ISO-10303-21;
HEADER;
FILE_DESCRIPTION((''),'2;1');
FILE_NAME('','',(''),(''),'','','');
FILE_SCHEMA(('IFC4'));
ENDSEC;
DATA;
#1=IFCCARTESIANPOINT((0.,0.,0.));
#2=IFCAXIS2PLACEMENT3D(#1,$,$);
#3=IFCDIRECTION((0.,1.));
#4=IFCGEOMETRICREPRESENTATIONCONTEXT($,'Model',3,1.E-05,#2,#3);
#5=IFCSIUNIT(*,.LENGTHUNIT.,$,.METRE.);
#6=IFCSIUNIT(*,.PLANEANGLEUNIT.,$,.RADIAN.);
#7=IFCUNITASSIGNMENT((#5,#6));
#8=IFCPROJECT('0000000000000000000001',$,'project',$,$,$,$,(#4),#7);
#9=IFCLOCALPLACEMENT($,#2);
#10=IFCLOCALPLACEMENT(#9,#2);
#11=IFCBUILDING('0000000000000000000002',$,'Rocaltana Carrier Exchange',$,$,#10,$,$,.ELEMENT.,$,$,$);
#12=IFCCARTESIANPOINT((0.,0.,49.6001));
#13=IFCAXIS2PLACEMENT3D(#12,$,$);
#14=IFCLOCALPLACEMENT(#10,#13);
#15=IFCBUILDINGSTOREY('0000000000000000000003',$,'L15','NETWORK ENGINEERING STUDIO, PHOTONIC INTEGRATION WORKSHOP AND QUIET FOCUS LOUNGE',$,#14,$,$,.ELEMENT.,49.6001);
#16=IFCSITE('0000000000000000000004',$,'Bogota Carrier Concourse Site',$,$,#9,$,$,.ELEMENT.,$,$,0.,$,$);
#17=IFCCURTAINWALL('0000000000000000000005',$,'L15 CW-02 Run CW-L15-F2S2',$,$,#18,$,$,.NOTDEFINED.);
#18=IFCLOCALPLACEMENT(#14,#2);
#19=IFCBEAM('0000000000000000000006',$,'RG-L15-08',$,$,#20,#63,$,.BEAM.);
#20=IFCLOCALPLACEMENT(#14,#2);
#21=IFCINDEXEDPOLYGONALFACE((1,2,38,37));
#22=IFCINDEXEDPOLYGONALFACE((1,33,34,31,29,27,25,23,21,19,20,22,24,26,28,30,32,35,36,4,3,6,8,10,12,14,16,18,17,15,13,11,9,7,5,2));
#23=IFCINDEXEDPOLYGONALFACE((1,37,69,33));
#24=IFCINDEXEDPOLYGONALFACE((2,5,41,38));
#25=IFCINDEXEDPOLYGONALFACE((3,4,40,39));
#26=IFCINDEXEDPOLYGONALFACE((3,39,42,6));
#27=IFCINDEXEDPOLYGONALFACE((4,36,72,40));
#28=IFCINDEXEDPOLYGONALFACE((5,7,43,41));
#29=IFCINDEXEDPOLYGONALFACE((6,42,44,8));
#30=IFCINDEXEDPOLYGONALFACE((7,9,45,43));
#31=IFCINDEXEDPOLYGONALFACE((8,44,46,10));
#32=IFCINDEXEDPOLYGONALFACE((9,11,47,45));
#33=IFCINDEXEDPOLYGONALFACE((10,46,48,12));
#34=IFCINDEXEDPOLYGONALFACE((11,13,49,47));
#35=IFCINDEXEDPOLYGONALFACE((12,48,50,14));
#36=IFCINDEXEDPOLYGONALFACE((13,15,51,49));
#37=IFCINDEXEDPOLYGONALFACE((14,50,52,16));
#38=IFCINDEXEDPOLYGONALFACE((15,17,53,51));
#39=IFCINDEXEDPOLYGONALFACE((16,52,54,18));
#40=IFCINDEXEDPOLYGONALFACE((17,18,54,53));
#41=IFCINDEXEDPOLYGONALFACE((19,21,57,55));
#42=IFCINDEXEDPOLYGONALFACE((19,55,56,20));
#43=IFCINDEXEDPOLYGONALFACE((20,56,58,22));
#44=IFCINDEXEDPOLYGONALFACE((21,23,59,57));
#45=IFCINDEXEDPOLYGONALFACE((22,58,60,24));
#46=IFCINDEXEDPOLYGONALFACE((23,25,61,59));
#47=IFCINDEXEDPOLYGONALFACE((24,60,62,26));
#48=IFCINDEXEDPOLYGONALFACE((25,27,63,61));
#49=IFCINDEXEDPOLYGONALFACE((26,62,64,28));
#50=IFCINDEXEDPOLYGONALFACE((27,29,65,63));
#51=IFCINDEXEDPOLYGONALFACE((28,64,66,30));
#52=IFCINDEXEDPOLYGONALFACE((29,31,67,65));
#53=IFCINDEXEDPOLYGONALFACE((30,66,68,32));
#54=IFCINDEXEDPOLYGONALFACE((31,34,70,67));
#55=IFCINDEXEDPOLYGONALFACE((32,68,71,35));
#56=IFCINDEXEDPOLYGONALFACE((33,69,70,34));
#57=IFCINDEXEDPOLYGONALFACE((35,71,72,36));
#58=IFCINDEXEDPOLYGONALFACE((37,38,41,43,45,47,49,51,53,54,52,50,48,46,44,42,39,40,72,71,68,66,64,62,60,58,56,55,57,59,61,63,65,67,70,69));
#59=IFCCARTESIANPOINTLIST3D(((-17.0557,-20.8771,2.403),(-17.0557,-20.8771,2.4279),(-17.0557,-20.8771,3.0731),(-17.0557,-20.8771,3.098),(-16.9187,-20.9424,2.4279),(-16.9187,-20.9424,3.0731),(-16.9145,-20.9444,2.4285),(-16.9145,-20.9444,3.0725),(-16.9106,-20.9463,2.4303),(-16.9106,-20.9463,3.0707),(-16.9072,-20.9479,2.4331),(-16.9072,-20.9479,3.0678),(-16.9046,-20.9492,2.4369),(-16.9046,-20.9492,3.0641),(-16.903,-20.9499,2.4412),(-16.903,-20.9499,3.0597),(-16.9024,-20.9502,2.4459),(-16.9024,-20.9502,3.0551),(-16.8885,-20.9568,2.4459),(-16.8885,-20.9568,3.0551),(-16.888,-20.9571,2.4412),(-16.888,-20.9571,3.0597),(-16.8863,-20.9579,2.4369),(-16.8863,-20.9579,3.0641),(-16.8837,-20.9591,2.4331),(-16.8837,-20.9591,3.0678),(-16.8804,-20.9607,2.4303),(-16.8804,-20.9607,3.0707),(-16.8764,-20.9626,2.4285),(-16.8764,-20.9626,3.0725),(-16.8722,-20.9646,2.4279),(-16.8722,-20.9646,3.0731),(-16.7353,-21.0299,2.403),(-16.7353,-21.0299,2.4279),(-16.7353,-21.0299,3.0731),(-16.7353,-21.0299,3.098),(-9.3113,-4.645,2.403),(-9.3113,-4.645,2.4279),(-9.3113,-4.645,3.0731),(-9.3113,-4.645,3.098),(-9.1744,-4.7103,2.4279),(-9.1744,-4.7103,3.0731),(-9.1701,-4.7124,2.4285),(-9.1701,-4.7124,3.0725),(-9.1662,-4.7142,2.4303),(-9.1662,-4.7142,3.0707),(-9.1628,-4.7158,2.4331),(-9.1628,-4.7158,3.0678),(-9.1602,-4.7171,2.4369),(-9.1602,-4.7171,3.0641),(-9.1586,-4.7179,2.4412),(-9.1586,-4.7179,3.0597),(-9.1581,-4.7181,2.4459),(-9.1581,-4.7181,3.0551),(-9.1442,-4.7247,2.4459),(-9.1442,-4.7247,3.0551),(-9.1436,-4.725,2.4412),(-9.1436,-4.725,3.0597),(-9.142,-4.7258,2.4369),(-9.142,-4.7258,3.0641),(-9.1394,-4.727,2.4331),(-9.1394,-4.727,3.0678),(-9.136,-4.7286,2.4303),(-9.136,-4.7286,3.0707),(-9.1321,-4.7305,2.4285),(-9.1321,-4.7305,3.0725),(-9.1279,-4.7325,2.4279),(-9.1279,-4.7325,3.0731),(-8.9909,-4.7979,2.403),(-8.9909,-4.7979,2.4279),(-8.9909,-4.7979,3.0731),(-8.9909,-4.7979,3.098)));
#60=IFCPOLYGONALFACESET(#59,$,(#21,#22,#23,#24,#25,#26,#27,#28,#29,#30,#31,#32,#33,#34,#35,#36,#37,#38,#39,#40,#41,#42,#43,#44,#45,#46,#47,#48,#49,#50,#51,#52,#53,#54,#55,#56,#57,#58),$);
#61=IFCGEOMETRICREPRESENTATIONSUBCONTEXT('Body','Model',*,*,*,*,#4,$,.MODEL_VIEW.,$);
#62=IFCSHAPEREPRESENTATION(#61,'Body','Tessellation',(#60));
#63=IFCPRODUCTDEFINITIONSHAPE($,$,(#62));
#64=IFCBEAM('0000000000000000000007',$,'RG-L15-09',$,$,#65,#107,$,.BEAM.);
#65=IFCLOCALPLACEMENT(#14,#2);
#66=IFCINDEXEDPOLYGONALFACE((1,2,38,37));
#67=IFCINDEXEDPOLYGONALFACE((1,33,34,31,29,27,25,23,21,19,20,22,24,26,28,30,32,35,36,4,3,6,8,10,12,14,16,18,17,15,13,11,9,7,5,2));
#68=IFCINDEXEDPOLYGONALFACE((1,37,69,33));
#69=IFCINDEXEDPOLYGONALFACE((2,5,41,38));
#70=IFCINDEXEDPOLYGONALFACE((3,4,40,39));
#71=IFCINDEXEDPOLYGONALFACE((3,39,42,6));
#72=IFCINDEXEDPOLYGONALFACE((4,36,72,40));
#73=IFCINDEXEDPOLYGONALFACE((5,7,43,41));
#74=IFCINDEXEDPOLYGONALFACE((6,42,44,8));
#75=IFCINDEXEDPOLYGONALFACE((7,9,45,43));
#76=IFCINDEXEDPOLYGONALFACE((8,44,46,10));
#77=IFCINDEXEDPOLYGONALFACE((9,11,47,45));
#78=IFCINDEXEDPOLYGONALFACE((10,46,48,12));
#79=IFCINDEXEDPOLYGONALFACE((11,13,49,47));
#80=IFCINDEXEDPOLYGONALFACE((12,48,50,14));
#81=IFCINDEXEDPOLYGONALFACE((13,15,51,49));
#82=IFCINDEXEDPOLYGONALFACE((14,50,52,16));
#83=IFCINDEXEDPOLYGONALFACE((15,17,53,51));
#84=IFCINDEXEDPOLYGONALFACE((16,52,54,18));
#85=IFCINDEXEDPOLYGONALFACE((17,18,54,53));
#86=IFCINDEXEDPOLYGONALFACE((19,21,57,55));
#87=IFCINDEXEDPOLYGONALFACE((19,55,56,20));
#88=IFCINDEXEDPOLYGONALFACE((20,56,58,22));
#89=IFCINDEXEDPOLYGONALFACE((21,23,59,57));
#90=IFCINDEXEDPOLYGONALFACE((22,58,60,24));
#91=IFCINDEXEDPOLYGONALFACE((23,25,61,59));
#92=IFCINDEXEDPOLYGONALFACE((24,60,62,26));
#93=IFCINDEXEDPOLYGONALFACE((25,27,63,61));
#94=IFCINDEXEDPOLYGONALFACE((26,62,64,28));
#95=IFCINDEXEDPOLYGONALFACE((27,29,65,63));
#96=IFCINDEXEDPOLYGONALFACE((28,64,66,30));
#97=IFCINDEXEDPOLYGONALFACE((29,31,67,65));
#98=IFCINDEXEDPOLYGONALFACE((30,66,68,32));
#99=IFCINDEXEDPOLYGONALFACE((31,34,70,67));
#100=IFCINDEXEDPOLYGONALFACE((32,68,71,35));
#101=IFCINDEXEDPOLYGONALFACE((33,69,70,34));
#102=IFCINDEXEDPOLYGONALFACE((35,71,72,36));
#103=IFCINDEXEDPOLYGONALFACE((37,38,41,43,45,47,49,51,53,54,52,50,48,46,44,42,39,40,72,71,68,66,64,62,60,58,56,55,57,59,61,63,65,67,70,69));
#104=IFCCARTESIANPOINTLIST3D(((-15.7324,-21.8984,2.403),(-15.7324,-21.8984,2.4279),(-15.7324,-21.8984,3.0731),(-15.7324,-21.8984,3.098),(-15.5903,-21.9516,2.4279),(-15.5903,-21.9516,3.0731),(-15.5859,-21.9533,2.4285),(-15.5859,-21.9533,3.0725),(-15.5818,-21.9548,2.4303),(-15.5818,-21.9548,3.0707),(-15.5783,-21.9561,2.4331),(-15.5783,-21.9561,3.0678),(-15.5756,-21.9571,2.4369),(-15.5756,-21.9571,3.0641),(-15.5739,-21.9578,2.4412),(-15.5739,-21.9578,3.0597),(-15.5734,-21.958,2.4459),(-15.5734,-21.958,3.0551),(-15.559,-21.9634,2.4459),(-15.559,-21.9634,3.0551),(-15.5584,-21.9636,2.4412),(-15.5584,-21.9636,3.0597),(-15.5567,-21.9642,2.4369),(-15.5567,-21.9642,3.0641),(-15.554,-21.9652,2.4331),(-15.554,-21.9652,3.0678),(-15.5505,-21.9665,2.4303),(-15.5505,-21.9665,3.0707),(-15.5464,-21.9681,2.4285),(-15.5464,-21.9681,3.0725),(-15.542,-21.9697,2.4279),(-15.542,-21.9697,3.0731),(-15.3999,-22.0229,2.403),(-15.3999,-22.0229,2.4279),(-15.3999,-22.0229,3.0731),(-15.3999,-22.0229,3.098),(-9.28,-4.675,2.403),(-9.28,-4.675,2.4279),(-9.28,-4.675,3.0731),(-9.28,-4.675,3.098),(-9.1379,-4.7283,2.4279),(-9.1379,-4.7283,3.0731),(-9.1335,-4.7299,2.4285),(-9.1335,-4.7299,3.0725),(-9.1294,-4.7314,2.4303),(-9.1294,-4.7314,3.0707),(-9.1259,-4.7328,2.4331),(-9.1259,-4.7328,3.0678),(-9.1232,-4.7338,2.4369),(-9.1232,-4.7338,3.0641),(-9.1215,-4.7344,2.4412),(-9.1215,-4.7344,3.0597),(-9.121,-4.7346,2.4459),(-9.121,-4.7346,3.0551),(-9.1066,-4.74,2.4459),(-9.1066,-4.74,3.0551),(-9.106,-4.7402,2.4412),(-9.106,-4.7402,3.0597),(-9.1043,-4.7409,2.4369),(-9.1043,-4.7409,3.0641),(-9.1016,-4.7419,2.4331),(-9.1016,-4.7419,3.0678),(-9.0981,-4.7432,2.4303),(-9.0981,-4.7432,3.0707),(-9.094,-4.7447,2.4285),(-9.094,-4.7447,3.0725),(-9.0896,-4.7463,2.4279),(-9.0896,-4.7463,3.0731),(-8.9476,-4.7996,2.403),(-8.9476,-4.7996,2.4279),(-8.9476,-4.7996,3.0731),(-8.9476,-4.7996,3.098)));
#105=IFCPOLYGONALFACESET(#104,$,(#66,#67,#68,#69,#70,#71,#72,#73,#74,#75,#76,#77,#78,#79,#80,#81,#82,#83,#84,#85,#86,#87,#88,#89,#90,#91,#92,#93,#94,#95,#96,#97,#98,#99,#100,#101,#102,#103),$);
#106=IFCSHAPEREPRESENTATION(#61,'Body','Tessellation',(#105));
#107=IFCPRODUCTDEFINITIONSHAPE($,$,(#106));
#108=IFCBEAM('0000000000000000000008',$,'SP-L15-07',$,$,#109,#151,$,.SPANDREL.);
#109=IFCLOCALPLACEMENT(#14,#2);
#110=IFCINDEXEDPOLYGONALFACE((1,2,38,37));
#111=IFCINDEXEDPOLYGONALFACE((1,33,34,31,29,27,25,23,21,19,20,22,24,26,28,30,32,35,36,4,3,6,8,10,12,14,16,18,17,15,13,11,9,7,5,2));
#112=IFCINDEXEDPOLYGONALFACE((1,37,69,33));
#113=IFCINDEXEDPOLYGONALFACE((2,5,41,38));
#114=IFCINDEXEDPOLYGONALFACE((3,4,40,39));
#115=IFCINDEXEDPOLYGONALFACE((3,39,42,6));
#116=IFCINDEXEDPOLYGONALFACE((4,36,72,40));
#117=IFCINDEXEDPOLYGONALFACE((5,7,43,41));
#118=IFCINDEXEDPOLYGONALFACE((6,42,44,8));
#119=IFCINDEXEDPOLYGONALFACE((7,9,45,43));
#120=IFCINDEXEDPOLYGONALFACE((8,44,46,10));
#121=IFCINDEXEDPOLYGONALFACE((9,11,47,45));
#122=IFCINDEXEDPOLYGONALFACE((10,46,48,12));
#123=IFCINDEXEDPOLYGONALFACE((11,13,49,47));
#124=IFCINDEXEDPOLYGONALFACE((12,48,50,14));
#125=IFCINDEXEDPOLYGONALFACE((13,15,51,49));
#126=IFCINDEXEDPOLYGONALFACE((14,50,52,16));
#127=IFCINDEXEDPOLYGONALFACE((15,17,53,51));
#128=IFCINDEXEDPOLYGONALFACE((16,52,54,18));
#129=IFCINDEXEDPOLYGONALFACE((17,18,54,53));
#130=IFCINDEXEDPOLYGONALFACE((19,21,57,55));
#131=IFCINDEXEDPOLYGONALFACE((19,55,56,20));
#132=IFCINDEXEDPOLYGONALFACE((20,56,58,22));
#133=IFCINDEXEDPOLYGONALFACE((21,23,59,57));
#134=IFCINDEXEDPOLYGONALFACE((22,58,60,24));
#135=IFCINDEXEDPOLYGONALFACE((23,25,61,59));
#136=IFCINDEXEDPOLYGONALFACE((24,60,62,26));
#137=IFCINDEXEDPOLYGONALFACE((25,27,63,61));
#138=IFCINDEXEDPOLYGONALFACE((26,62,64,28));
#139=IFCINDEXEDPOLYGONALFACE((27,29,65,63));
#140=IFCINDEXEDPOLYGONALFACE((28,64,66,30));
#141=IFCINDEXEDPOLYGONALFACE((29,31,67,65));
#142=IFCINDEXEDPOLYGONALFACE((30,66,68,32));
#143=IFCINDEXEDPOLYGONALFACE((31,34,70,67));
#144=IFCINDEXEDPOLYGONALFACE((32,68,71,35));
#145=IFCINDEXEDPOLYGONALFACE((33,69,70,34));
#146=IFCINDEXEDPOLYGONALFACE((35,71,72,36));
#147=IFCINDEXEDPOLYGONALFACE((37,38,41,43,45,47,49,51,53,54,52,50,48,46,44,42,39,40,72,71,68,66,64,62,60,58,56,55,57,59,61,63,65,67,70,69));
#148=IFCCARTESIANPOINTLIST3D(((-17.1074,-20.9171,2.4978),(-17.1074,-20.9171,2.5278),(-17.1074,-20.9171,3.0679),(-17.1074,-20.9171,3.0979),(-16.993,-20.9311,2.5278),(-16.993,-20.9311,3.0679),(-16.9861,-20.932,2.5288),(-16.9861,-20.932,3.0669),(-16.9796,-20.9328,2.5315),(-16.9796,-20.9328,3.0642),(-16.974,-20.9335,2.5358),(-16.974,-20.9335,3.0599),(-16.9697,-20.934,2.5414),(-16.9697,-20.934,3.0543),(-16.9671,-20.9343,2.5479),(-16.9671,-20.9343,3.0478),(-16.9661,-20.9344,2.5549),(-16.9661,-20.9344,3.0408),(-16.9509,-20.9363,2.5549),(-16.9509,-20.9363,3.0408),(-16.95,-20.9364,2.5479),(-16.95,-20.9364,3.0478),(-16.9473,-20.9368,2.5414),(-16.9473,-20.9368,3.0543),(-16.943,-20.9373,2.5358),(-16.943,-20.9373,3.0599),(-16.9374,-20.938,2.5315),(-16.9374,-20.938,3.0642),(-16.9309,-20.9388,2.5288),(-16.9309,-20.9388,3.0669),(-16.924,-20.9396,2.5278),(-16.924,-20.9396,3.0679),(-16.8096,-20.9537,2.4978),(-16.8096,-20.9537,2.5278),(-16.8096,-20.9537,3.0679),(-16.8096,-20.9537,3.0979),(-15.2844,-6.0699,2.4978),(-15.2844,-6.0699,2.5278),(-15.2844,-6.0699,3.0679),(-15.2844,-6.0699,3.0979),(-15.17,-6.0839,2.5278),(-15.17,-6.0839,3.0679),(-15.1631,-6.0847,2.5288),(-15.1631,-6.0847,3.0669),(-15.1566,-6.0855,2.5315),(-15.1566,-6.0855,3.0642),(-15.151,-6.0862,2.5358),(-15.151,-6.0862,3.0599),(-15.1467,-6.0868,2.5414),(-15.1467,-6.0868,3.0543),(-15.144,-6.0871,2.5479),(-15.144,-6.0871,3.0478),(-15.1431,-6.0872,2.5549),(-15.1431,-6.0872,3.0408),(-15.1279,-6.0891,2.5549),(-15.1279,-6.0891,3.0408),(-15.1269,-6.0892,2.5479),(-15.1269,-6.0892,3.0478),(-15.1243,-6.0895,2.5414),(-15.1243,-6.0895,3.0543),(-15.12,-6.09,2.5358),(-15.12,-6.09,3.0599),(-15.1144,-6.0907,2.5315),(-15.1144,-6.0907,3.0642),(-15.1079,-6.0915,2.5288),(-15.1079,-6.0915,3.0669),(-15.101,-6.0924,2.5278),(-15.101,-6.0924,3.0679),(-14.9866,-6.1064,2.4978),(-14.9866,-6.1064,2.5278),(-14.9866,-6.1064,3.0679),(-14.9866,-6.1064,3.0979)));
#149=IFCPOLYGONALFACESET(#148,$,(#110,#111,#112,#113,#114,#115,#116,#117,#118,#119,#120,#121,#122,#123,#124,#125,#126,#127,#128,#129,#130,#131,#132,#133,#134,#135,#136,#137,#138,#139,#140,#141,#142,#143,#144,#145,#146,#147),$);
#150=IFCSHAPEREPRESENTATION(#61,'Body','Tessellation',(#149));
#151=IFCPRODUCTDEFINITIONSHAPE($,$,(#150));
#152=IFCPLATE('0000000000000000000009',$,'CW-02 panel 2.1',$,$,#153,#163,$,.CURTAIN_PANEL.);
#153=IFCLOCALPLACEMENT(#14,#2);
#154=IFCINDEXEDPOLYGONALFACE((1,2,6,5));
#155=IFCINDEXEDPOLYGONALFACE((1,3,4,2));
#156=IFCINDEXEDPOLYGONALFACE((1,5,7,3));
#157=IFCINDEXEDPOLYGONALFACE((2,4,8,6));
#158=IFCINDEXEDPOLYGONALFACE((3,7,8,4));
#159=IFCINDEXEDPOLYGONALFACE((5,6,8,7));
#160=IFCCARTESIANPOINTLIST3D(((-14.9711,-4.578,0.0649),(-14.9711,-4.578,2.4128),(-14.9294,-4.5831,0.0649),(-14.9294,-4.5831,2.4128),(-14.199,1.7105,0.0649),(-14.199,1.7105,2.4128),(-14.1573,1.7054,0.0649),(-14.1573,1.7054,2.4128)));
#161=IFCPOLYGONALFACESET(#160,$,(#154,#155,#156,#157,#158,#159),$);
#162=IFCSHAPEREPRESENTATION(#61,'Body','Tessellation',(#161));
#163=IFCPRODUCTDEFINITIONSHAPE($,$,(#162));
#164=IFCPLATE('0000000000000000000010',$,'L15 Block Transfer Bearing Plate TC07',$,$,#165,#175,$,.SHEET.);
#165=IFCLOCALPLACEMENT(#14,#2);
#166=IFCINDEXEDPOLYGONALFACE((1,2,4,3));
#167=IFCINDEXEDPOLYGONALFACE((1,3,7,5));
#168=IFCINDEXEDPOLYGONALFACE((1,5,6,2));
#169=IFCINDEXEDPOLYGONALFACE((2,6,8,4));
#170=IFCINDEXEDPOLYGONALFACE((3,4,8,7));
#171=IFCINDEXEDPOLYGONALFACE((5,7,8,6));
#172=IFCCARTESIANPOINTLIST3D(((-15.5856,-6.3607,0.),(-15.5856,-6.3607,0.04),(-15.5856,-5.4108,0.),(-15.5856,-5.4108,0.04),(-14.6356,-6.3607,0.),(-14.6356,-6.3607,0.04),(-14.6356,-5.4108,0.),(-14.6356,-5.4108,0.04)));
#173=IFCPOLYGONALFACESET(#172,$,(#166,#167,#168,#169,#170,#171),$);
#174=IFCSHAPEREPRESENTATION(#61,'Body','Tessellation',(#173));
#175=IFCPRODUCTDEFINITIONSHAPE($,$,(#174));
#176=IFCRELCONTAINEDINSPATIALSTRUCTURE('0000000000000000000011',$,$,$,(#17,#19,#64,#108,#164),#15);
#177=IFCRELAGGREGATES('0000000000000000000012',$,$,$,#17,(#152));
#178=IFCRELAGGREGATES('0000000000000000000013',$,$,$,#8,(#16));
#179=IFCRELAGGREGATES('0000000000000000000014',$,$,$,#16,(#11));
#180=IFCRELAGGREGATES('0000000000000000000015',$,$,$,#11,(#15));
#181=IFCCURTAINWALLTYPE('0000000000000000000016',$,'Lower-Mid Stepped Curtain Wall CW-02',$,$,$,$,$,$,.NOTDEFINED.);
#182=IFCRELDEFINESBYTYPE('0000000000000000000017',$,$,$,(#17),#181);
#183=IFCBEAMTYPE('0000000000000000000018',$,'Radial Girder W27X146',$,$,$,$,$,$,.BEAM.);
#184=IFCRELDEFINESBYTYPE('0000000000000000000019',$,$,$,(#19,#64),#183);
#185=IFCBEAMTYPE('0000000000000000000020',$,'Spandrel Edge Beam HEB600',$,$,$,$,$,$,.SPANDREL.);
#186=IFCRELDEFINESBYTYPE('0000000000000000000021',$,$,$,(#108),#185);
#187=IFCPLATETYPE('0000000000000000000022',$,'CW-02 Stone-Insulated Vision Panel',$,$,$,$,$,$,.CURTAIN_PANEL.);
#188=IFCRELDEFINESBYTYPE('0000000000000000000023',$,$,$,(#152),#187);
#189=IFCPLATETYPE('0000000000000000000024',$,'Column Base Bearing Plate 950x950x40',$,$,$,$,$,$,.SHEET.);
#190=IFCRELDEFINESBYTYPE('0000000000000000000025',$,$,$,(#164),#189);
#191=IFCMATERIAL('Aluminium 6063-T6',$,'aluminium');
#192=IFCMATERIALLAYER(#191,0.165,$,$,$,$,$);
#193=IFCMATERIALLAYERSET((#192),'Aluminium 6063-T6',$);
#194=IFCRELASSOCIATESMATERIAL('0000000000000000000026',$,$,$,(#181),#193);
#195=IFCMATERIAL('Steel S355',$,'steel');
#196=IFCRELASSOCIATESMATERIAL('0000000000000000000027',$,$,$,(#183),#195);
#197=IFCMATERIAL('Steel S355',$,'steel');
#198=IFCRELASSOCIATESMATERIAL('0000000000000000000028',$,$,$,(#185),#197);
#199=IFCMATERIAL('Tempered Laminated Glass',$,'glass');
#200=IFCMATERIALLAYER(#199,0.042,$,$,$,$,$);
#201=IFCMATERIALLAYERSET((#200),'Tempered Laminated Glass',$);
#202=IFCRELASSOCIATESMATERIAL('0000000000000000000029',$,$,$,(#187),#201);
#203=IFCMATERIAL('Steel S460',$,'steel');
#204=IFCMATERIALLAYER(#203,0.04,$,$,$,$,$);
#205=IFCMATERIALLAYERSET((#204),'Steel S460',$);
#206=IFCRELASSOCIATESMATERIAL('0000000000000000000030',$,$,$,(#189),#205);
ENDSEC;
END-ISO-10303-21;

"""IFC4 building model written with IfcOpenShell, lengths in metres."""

from ifc_helpers import new_model, si_unit, direction, frame, origin, origin_2d, place, context, subcontext, project, spatial, rectangle, i_section, extrude, material, layer, layer_set, material_profile, profile_set, type_object, element, aggregate, save


model = new_model("IFC4")

# Units and contexts
model_context = context("Model", 3, precision=1e-05, world=origin(), true_north=direction((0.0, 1.0)))
body_context = subcontext(model_context, "Body", "Model", "MODEL_VIEW")
ifc_project = project(units=[si_unit("LENGTHUNIT", "METRE"), si_unit("PLANEANGLEUNIT", "RADIAN")], contexts=[model_context])

# Site, building, storey
site_placement = place(None, origin())
site = spatial("IfcSite", under=ifc_project, at=site_placement, Name="Bogota Carrier Concourse Site", CompositionType="ELEMENT", RefElevation=0.0)
building_placement = place(site_placement, origin())
building = spatial("IfcBuilding", under=site, at=building_placement, Name="Rocaltana Carrier Exchange", CompositionType="ELEMENT")
storey_placement = place(building_placement, frame((0.0, 0.0, 49.6001)))
storey = spatial("IfcBuildingStorey", under=building, at=storey_placement, Name="L15", Description="NETWORK ENGINEERING STUDIO, PHOTONIC INTEGRATION WORKSHOP AND QUIET FOCUS LOUNGE", CompositionType="ELEMENT", Elevation=49.6001)

# Curtain wall
ifc_material_1 = material(Name="Aluminium 6063-T6", Category="aluminium")
ifc_layer_1 = layer(ifc_material_1, 0.165)
ifc_layer_set_1 = layer_set([ifc_layer_1], Name="Aluminium 6063-T6")
curtain_wall_type = type_object("IfcCurtainWallType", Name="Lower-Mid Stepped Curtain Wall CW-02", PredefinedType="NOTDEFINED", material=ifc_layer_set_1)
curtain_wall_1_placement = place(storey_placement, origin())
curtain_wall_1 = element("IfcCurtainWall", 1, at=curtain_wall_1_placement, inside=storey, type_object=curtain_wall_type, Name="L15 CW-02 Run CW-L15-F2S2", PredefinedType="NOTDEFINED")

# Beams
ifc_material_2 = material(Name="Steel S355", Category="steel")
ifc_material_profile_1 = material_profile(ifc_material_2, i_section(OverallWidth=0.355, OverallDepth=0.6951, WebThickness=0.0154, FlangeThickness=0.0249, FilletRadius=0.0181, at=origin_2d()), Name="W27X146")
ifc_profile_set_1 = profile_set([ifc_material_profile_1], Name="Steel S355")
beam_type_1 = type_object("IfcBeamType", Name="Radial Girder W27X146", PredefinedType="BEAM", material=ifc_profile_set_1)
beam_1_placement = place(storey_placement, frame((-9.1511, -4.7214, 2.7505), z_axis=(-0.430603, -0.902541, 0.0), x_axis=(0.902541, -0.430603, 0.0)))
element("IfcBeam", 2, at=beam_1_placement, inside=storey, type_object=beam_type_1, Name="RG-L15-08", PredefinedType="BEAM", context=body_context, shape_type="SweptSolid", body=[
    extrude(i_section(OverallWidth=0.355, OverallDepth=0.6951, WebThickness=0.0154, FlangeThickness=0.0249, FilletRadius=0.0181, at=origin_2d()), origin(), (0.0, 0.0, 1.0), 17.9849),
])
beam_2_placement = place(storey_placement, frame((-9.1138, -4.7373, 2.7505), z_axis=(-0.350819, -0.936443, 0.0), x_axis=(0.936443, -0.350819, 0.0)))
element("IfcBeam", 3, at=beam_2_placement, inside=storey, type_object=beam_type_1, Name="RG-L15-09", PredefinedType="BEAM", context=body_context, shape_type="SweptSolid", body=[
    extrude(i_section(OverallWidth=0.355, OverallDepth=0.6951, WebThickness=0.0154, FlangeThickness=0.0249, FilletRadius=0.0181, at=origin_2d()), origin(), (0.0, 0.0, 1.0), 18.3923),
])
ifc_material_3 = material(Name="Steel S355", Category="steel")
ifc_material_profile_2 = material_profile(ifc_material_3, i_section(OverallWidth=0.3, OverallDepth=0.6001, WebThickness=0.0154, FlangeThickness=0.03, FilletRadius=0.0271, at=origin_2d()), Name="HEB600")
ifc_profile_set_2 = profile_set([ifc_material_profile_2], Name="Steel S355")
beam_type_2 = type_object("IfcBeamType", Name="Spandrel Edge Beam HEB600", PredefinedType="SPANDREL", material=ifc_profile_set_2)
beam_3_placement = place(storey_placement, frame((-15.1355, -6.0881, 2.7979), z_axis=(-0.121869, -0.992546, 0.0), x_axis=(0.992546, -0.121869, 0.0)))
element("IfcBeam", 4, at=beam_3_placement, inside=storey, type_object=beam_type_2, Name="SP-L15-07", PredefinedType="SPANDREL", context=body_context, shape_type="SweptSolid", body=[
    extrude(i_section(OverallWidth=0.3, OverallDepth=0.6001, WebThickness=0.0154, FlangeThickness=0.03, FilletRadius=0.0271, at=origin_2d()), origin(), (0.0, 0.0, 1.0), 14.9587),
])

# Plates
ifc_material_4 = material(Name="Tempered Laminated Glass", Category="glass")
ifc_layer_2 = layer(ifc_material_4, 0.042)
ifc_layer_set_2 = layer_set([ifc_layer_2], Name="Tempered Laminated Glass")
plate_type_1 = type_object("IfcPlateType", Name="CW-02 Stone-Insulated Vision Panel", PredefinedType="CURTAIN_PANEL", material=ifc_layer_set_2)
plate_1_placement = place(storey_placement, frame((-14.5642, -1.4363, 0.0649), z_axis=(0.0, 0.0, 1.0), x_axis=(-0.121874, -0.992546, 0.0)))
plate_1 = element("IfcPlate", 5, at=plate_1_placement, type_object=plate_type_1, Name="CW-02 panel 2.1", PredefinedType="CURTAIN_PANEL", context=body_context, shape_type="SweptSolid", body=[
    extrude(rectangle(XDim=6.3357, YDim=0.042, at=origin_2d()), origin(), (0.0, 0.0, 1.0), 2.3479),
])
aggregate(curtain_wall_1, [plate_1])
ifc_material_5 = material(Name="Steel S460", Category="steel")
ifc_layer_3 = layer(ifc_material_5, 0.04)
ifc_layer_set_3 = layer_set([ifc_layer_3], Name="Steel S460")
plate_type_2 = type_object("IfcPlateType", Name="Column Base Bearing Plate 950x950x40", PredefinedType="SHEET", material=ifc_layer_set_3)
plate_2_placement = place(storey_placement, frame((-15.1106, -5.8857, 0.0), z_axis=(0.0, 0.0, 1.0), x_axis=(1.0, 0.0, 0.0)))
element("IfcPlate", 6, at=plate_2_placement, inside=storey, type_object=plate_type_2, Name="L15 Block Transfer Bearing Plate TC07", PredefinedType="SHEET", context=body_context, shape_type="SweptSolid", body=[
    extrude(rectangle(XDim=0.95, YDim=0.95, at=origin_2d()), origin(), (0.0, 0.0, 1.0), 0.04),
])

save(model, "model.ifc")
